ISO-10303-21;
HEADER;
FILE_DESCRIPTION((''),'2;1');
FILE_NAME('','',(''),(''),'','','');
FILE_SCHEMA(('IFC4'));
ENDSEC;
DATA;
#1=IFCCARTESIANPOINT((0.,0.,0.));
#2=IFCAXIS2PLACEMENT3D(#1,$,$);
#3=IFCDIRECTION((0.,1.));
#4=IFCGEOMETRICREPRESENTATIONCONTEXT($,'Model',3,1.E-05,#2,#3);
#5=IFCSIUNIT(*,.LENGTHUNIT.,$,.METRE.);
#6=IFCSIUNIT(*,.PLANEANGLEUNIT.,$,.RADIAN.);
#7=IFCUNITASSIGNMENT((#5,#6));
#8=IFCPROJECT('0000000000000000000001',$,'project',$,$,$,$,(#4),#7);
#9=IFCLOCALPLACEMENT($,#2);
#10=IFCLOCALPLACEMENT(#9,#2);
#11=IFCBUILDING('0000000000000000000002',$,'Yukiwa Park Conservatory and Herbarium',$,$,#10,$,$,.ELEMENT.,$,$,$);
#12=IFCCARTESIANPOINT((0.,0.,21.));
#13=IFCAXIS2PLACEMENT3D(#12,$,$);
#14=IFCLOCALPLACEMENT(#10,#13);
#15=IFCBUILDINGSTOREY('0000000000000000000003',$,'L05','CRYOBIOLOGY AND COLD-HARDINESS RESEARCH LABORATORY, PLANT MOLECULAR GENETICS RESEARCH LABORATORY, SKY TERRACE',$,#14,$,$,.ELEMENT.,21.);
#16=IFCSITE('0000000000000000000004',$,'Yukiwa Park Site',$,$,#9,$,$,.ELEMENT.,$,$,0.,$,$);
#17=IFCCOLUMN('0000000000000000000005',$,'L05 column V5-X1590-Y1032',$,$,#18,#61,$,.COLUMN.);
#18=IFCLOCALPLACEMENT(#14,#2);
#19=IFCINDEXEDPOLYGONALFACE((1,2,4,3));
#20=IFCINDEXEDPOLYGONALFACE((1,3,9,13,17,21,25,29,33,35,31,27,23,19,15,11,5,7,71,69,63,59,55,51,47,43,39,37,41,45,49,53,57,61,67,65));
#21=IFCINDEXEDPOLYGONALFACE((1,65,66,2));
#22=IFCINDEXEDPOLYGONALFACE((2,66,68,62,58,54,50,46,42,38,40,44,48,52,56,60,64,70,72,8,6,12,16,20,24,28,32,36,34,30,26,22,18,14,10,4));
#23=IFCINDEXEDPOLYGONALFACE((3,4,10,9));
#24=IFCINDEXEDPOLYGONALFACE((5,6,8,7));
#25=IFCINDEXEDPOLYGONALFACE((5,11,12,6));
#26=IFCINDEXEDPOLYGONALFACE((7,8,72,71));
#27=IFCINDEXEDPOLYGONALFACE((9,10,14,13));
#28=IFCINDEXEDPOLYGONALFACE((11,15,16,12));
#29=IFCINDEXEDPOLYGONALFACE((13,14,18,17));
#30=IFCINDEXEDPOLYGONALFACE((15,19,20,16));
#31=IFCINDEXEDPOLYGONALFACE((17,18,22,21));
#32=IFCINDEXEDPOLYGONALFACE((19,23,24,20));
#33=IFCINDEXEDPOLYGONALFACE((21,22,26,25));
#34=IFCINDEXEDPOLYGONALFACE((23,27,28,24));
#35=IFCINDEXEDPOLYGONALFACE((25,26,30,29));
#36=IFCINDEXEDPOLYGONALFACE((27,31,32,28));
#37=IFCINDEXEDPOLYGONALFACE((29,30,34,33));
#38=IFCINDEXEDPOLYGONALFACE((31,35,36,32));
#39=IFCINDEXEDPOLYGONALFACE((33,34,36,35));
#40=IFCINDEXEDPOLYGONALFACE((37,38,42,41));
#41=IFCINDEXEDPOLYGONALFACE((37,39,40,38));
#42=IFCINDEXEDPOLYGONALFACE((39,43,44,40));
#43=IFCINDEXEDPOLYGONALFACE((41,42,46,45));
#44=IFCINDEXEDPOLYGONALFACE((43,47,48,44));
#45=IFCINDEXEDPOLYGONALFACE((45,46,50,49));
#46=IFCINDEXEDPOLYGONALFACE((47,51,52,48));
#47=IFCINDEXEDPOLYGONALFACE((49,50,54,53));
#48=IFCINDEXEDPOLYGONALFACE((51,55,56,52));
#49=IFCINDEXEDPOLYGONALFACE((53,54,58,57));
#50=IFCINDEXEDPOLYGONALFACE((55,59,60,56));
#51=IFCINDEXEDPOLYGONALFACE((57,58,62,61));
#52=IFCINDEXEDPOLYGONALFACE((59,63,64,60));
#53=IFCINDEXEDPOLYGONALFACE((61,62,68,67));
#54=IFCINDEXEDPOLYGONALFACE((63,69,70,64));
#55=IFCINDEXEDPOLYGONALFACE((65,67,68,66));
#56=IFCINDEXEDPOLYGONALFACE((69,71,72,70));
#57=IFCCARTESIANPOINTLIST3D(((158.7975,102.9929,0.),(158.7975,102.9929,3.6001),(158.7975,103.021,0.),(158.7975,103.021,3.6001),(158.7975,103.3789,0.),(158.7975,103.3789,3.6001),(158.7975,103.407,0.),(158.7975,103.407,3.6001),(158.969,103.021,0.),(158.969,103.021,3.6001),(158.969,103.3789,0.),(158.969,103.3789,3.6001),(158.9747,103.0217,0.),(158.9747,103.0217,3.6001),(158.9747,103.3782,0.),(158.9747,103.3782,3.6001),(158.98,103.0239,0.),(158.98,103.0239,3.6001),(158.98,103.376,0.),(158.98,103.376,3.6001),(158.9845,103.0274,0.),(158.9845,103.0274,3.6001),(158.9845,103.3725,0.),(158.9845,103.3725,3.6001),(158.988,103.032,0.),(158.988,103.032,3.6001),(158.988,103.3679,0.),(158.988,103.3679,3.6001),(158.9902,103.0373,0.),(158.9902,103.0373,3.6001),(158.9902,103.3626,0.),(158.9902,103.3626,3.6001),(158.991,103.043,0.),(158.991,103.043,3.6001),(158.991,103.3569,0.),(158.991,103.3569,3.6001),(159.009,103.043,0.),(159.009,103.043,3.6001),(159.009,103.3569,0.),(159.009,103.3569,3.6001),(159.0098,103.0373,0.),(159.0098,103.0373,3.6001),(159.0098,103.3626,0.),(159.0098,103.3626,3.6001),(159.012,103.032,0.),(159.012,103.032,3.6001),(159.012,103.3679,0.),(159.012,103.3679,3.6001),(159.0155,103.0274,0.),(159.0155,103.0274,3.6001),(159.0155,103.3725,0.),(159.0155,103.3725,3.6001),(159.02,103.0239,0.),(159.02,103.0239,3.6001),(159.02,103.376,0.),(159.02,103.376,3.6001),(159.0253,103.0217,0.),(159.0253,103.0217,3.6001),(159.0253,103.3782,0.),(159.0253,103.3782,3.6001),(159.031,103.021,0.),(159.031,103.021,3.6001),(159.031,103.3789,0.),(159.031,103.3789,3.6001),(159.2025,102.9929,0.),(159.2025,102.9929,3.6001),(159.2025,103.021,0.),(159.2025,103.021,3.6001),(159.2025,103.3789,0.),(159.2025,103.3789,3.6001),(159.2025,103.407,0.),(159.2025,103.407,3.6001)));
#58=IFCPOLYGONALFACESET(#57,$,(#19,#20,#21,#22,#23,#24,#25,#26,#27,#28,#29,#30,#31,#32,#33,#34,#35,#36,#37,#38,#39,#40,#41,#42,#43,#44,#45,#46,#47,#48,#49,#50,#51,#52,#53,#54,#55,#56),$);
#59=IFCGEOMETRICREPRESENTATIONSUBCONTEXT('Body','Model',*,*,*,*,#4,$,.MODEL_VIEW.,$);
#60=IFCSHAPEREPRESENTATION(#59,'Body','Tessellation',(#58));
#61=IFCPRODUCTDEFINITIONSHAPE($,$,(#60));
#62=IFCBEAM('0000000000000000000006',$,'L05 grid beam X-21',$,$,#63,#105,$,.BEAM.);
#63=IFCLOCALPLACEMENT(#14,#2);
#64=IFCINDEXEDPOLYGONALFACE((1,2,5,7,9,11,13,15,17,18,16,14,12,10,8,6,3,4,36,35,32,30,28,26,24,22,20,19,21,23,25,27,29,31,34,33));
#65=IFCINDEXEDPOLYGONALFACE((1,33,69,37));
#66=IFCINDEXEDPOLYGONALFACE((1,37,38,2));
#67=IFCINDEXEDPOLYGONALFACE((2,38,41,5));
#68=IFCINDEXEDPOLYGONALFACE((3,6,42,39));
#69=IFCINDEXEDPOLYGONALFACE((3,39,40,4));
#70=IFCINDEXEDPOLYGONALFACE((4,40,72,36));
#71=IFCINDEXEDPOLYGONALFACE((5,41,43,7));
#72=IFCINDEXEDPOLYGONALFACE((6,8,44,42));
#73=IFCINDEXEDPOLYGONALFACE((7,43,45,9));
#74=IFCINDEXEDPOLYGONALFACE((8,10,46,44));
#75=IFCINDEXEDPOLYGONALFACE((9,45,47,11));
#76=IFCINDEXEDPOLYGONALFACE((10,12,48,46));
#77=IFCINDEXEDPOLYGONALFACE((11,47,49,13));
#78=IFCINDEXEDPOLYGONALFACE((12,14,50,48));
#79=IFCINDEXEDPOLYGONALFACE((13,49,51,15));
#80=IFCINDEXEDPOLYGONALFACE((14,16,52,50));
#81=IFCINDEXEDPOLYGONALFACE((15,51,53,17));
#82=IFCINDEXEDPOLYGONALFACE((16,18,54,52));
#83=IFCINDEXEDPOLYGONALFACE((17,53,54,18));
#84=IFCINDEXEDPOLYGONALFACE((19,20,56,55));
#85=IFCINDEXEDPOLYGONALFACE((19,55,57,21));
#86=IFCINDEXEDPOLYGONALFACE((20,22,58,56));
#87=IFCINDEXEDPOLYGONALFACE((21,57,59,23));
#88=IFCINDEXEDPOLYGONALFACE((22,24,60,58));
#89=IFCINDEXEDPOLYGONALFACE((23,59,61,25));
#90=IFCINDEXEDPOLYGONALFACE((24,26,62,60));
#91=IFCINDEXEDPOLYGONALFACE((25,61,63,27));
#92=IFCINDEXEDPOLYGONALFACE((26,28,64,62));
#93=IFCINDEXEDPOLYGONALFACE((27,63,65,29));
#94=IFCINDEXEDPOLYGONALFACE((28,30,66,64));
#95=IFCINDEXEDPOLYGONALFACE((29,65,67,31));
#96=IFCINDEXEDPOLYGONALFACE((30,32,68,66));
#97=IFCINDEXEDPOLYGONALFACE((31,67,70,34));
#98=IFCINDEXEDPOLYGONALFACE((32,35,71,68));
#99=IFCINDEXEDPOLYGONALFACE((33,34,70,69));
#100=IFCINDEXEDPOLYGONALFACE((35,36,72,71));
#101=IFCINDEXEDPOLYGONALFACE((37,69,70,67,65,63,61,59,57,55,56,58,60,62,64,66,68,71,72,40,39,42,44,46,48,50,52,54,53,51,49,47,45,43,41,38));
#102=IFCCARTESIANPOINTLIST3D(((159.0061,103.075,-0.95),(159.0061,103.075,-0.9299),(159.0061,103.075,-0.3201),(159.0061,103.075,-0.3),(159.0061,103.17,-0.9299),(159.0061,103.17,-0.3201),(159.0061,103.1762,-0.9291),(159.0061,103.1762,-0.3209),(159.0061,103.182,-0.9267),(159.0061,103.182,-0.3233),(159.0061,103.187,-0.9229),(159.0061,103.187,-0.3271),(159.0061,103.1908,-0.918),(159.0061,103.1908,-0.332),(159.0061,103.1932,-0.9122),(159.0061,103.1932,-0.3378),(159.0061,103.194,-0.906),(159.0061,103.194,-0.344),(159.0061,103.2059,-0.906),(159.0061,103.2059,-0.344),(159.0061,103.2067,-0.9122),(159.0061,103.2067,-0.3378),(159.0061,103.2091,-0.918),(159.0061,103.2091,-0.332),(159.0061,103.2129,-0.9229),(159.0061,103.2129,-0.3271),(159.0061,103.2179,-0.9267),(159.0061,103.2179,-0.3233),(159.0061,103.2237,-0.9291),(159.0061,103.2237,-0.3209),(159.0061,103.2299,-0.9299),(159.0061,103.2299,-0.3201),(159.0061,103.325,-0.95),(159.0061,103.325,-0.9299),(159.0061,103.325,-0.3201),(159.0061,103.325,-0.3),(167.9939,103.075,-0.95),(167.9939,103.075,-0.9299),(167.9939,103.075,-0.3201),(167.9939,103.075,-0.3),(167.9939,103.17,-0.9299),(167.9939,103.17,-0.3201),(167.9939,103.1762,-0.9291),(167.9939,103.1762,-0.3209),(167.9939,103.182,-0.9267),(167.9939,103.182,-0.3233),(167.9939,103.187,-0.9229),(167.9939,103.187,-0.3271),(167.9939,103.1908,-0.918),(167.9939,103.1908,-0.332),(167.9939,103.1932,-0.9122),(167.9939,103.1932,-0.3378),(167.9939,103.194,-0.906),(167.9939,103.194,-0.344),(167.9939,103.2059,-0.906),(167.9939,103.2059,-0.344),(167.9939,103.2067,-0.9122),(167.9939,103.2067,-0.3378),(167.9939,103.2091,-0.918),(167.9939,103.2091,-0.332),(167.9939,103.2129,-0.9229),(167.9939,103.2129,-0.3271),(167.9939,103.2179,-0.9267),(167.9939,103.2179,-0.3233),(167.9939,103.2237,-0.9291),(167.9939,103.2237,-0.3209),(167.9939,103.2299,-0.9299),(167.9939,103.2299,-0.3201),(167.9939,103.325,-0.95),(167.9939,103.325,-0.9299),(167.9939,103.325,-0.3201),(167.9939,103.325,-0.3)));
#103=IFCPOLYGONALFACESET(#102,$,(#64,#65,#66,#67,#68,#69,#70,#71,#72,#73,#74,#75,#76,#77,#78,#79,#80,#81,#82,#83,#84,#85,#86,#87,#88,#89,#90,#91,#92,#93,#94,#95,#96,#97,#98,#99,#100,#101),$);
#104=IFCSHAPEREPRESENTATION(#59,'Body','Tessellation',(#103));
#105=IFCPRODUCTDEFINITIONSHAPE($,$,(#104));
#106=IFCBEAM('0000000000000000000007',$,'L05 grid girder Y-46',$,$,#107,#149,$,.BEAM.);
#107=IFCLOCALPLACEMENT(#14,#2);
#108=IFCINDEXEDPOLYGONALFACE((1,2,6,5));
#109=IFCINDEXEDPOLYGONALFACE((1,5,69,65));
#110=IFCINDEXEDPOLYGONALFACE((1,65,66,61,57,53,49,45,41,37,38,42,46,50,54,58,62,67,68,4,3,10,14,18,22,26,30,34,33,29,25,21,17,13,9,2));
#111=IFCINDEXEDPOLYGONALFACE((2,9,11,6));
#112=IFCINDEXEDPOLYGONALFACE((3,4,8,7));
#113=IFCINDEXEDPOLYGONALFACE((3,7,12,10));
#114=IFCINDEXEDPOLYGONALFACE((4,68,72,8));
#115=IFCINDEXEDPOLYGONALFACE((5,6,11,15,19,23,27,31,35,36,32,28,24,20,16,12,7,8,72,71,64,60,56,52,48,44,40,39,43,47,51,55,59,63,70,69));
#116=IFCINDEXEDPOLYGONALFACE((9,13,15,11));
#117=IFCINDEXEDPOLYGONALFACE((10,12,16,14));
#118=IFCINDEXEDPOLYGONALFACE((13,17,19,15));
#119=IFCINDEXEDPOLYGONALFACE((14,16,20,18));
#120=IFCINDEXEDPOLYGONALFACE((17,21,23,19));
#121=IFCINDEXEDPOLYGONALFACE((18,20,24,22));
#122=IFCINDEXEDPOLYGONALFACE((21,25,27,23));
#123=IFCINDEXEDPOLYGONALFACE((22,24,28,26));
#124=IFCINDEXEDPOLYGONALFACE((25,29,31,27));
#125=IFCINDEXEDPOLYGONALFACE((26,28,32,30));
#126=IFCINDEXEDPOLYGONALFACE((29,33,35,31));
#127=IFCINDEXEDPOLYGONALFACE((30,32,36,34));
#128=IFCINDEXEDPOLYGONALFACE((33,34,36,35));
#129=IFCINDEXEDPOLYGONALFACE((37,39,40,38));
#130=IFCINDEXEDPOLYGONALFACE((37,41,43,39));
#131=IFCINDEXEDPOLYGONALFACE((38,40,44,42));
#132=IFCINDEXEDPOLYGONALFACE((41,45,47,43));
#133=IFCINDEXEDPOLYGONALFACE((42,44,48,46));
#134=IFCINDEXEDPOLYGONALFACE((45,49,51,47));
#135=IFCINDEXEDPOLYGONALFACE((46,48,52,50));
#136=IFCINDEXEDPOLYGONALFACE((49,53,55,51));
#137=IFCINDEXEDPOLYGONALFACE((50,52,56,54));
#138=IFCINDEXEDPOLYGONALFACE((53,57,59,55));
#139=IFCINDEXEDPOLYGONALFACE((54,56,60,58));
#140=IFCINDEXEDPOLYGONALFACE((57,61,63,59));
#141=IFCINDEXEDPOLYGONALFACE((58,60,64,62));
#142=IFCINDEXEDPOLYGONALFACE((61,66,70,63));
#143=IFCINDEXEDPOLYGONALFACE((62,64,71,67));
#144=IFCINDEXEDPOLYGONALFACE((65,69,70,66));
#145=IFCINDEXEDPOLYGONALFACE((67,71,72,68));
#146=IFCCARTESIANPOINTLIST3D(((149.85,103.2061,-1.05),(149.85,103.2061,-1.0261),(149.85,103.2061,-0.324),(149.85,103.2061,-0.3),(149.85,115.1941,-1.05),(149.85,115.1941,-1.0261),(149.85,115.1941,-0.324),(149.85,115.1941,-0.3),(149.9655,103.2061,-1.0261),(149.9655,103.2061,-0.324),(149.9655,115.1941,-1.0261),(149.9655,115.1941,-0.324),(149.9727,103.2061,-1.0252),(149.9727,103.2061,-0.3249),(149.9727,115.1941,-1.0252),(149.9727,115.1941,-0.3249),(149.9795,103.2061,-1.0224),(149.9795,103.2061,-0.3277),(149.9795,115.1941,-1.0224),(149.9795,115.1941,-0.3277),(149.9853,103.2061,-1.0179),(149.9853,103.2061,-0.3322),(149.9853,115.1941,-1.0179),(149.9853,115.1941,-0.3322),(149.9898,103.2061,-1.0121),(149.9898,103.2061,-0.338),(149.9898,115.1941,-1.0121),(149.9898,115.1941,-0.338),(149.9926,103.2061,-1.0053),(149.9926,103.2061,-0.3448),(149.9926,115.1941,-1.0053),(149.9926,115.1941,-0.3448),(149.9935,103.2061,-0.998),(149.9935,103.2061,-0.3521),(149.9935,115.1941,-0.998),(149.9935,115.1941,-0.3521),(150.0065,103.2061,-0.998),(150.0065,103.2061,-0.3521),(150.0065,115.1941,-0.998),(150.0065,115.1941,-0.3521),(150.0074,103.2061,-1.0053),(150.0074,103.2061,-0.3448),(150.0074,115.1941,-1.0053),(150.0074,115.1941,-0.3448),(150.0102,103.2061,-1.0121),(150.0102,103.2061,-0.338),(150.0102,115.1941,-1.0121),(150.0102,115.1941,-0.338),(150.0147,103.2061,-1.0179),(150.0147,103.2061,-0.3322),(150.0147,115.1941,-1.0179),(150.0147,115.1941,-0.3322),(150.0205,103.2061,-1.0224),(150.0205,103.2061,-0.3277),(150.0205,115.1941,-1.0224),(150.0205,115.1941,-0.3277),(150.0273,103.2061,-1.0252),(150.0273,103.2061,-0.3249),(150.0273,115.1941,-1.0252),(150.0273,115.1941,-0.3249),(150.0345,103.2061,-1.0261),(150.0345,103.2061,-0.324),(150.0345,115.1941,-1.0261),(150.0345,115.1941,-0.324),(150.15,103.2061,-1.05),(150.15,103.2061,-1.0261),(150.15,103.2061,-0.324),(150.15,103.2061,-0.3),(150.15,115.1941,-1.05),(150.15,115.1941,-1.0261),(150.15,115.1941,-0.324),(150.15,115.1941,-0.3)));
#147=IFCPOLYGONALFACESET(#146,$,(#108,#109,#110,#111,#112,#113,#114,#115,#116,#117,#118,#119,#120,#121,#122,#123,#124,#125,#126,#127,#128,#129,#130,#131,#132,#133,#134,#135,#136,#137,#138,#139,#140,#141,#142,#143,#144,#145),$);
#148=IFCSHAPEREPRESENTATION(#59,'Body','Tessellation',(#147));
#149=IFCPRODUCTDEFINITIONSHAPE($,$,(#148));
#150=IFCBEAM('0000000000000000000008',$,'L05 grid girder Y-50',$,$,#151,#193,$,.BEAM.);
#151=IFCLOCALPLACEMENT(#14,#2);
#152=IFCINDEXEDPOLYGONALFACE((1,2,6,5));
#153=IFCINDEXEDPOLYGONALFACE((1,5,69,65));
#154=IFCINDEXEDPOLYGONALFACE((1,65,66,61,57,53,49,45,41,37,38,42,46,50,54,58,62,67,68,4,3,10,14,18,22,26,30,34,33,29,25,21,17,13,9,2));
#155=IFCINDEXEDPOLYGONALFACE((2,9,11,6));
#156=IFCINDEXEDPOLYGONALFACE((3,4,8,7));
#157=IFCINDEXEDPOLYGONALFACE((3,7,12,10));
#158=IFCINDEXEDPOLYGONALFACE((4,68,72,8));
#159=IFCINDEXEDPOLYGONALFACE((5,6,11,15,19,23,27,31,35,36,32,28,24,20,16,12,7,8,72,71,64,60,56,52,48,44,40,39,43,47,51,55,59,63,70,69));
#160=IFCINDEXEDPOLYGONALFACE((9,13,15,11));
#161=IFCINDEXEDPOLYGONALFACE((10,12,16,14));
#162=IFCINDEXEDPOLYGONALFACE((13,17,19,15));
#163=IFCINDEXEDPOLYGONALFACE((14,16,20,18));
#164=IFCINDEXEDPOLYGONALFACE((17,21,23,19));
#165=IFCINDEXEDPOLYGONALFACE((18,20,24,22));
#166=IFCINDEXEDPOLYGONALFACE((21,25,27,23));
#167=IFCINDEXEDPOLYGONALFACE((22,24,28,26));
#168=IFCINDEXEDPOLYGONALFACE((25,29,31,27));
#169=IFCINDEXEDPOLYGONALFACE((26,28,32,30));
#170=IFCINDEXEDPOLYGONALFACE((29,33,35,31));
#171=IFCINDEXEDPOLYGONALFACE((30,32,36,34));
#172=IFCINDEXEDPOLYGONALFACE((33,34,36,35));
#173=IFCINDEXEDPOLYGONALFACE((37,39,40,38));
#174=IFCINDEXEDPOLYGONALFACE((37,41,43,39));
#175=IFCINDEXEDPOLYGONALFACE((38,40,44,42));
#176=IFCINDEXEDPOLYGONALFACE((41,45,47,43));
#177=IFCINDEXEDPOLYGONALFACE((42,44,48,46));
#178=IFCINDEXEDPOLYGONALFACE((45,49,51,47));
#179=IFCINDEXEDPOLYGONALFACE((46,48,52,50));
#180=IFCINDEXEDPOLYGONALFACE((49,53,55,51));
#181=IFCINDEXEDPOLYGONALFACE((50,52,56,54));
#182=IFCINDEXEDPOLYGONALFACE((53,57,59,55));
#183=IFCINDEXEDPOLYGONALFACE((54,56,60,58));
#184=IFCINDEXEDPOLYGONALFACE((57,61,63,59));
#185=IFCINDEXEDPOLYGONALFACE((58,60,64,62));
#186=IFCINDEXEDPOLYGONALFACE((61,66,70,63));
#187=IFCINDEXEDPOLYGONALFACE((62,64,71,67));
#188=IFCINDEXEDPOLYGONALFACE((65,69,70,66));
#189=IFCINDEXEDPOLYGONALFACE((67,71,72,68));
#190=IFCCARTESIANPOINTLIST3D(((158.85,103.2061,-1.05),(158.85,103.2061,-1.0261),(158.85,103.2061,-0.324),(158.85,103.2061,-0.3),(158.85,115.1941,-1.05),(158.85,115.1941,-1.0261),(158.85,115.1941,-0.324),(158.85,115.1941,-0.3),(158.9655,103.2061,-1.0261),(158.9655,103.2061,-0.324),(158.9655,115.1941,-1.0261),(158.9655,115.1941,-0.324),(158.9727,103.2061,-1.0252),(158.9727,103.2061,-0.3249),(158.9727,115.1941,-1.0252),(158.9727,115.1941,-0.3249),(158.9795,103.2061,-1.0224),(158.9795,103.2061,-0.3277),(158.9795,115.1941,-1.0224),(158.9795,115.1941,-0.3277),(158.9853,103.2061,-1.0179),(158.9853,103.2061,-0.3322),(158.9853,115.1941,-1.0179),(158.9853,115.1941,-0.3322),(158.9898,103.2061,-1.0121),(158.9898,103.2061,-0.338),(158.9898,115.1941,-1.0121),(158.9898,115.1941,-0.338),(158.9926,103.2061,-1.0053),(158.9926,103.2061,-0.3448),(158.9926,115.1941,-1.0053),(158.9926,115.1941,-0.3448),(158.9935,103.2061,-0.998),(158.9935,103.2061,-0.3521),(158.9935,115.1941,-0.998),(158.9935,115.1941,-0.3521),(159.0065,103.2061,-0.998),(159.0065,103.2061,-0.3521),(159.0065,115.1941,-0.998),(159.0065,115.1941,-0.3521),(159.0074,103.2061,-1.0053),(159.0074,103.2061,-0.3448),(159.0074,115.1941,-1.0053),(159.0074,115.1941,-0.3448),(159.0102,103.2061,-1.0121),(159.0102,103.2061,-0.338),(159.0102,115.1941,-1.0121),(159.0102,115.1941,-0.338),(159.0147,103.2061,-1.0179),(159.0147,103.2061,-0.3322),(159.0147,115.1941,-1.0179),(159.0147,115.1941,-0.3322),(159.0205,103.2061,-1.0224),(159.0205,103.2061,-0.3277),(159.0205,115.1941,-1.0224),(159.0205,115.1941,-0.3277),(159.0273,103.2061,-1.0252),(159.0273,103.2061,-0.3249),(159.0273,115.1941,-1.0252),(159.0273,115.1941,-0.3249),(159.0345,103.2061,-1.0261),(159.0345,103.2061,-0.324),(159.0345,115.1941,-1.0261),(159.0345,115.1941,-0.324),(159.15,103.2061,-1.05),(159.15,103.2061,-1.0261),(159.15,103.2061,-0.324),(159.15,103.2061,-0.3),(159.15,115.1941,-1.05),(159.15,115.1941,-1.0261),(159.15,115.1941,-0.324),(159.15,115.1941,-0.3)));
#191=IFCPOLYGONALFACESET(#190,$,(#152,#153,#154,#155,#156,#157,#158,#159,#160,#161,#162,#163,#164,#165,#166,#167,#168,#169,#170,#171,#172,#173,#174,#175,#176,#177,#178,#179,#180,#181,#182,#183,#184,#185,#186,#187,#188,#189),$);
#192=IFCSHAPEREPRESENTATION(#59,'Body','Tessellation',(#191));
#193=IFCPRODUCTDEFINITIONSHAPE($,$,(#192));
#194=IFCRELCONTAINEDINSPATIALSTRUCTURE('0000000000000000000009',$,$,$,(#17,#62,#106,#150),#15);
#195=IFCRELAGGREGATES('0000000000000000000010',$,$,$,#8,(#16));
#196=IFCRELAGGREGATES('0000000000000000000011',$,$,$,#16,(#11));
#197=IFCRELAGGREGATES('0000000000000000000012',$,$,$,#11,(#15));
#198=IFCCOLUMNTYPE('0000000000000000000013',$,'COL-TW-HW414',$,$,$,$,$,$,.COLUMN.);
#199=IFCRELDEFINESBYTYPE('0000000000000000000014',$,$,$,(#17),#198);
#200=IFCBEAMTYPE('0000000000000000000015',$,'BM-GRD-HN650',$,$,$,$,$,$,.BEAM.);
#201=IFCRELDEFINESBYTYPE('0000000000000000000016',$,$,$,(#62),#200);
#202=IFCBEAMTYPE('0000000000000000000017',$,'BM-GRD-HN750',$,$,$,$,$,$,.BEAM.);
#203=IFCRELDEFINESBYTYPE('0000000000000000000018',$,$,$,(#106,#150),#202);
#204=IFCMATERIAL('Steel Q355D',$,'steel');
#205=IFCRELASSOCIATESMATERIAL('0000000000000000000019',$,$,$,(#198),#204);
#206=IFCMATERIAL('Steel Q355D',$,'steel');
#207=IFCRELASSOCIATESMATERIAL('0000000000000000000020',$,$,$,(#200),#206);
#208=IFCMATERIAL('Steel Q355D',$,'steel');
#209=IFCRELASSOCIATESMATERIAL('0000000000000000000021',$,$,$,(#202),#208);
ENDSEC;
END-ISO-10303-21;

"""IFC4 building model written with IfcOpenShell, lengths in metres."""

from ifc_helpers import new_model, si_unit, direction, frame, origin, origin_2d, place, context, subcontext, project, spatial, i_section, extrude, material, material_profile, profile_set, type_object, element, save


model = new_model("IFC4")

# Units and contexts
model_context = context("Model", 3, precision=1e-05, world=origin(), true_north=direction((0.0, 1.0)))
body_context = subcontext(model_context, "Body", "Model", "MODEL_VIEW")
ifc_project = project(units=[si_unit("LENGTHUNIT", "METRE"), si_unit("PLANEANGLEUNIT", "RADIAN")], contexts=[model_context])

# Site, building, storey
site_placement = place(None, origin())
site = spatial("IfcSite", under=ifc_project, at=site_placement, Name="Yukiwa Park Site", CompositionType="ELEMENT", RefElevation=0.0)
building_placement = place(site_placement, origin())
building = spatial("IfcBuilding", under=site, at=building_placement, Name="Yukiwa Park Conservatory and Herbarium", CompositionType="ELEMENT")
storey_placement = place(building_placement, frame((0.0, 0.0, 21.0)))
storey = spatial("IfcBuildingStorey", under=building, at=storey_placement, Name="L05", Description="CRYOBIOLOGY AND COLD-HARDINESS RESEARCH LABORATORY, PLANT MOLECULAR GENETICS RESEARCH LABORATORY, SKY TERRACE", CompositionType="ELEMENT", Elevation=21.0)

# Column
ifc_material_1 = material(Name="Steel Q355D", Category="steel")
ifc_material_profile_1 = material_profile(ifc_material_1, i_section(OverallWidth=0.405, OverallDepth=0.4141, WebThickness=0.0181, FlangeThickness=0.0281, FilletRadius=0.022, at=origin_2d()), Name="HW 414x405x18x28")
ifc_profile_set_1 = profile_set([ifc_material_profile_1], Name="Steel Q355D")
column_type_1 = type_object("IfcColumnType", Name="COL-TW-HW414", PredefinedType="COLUMN", material=ifc_profile_set_1)
for number, where, z_axis, x_axis, name in (
    (1, (159.0, 103.2, 0.0), (0.0, 0.0, 1.0), (1.0, 0.0, 0.0), "L05 column V5-X1590-Y1032"),
):
    element("IfcColumn", number, at=place(storey_placement, frame(where, z_axis=z_axis, x_axis=x_axis)), inside=storey, type_object=column_type_1, Name=name, PredefinedType="COLUMN", context=body_context, shape_type="SweptSolid", body=[
        extrude(i_section(OverallWidth=0.405, OverallDepth=0.4141, WebThickness=0.0181, FlangeThickness=0.0281, FilletRadius=0.022, at=origin_2d()), origin(), (0.0, 0.0, 1.0), 3.6001),
    ])

# Beams
ifc_material_2 = material(Name="Steel Q355D", Category="steel")
ifc_material_profile_2 = material_profile(ifc_material_2, i_section(OverallWidth=0.25, OverallDepth=0.6499, WebThickness=0.012, FlangeThickness=0.02, FilletRadius=0.0239, at=origin_2d()), Name="HN 650x250x12x20")
ifc_profile_set_2 = profile_set([ifc_material_profile_2], Name="Steel Q355D")
beam_type_1 = type_object("IfcBeamType", Name="BM-GRD-HN650", PredefinedType="BEAM", material=ifc_profile_set_2)
beam_placement = place(storey_placement, frame((159.0061, 103.2, -0.625), z_axis=(1.0, 0.0, 0.0), x_axis=(0.0, 1.0, 0.0)))
element("IfcBeam", 2, at=beam_placement, inside=storey, type_object=beam_type_1, Name="L05 grid beam X-21", PredefinedType="BEAM", context=body_context, shape_type="SweptSolid", body=[
    extrude(i_section(OverallWidth=0.25, OverallDepth=0.6499, WebThickness=0.012, FlangeThickness=0.02, FilletRadius=0.0239, at=origin_2d()), origin(), (0.0, 0.0, 1.0), 8.9878),
])
ifc_material_3 = material(Name="Steel Q355D", Category="steel")
ifc_material_profile_3 = material_profile(ifc_material_3, i_section(OverallWidth=0.3, OverallDepth=0.75, WebThickness=0.0129, FlangeThickness=0.0239, FilletRadius=0.0281, at=origin_2d()), Name="HN 750x300x13x24")
ifc_profile_set_3 = profile_set([ifc_material_profile_3], Name="Steel Q355D")
beam_type_2 = type_object("IfcBeamType", Name="BM-GRD-HN750", PredefinedType="BEAM", material=ifc_profile_set_3)
for number, where, z_axis, x_axis, name in (
    (3, (150.0, 103.2061, -0.675), (0.0, 1.0, 0.0), (-1.0, 0.0, 0.0), "L05 grid girder Y-46"),
    (4, (159.0, 103.2061, -0.675), (0.0, 1.0, 0.0), (-1.0, 0.0, 0.0), "L05 grid girder Y-50"),
):
    element("IfcBeam", number, at=place(storey_placement, frame(where, z_axis=z_axis, x_axis=x_axis)), inside=storey, type_object=beam_type_2, Name=name, PredefinedType="BEAM", context=body_context, shape_type="SweptSolid", body=[
        extrude(i_section(OverallWidth=0.3, OverallDepth=0.75, WebThickness=0.0129, FlangeThickness=0.0239, FilletRadius=0.0281, at=origin_2d()), origin(), (0.0, 0.0, 1.0), 11.988),
    ])

save(model, "model.ifc")
